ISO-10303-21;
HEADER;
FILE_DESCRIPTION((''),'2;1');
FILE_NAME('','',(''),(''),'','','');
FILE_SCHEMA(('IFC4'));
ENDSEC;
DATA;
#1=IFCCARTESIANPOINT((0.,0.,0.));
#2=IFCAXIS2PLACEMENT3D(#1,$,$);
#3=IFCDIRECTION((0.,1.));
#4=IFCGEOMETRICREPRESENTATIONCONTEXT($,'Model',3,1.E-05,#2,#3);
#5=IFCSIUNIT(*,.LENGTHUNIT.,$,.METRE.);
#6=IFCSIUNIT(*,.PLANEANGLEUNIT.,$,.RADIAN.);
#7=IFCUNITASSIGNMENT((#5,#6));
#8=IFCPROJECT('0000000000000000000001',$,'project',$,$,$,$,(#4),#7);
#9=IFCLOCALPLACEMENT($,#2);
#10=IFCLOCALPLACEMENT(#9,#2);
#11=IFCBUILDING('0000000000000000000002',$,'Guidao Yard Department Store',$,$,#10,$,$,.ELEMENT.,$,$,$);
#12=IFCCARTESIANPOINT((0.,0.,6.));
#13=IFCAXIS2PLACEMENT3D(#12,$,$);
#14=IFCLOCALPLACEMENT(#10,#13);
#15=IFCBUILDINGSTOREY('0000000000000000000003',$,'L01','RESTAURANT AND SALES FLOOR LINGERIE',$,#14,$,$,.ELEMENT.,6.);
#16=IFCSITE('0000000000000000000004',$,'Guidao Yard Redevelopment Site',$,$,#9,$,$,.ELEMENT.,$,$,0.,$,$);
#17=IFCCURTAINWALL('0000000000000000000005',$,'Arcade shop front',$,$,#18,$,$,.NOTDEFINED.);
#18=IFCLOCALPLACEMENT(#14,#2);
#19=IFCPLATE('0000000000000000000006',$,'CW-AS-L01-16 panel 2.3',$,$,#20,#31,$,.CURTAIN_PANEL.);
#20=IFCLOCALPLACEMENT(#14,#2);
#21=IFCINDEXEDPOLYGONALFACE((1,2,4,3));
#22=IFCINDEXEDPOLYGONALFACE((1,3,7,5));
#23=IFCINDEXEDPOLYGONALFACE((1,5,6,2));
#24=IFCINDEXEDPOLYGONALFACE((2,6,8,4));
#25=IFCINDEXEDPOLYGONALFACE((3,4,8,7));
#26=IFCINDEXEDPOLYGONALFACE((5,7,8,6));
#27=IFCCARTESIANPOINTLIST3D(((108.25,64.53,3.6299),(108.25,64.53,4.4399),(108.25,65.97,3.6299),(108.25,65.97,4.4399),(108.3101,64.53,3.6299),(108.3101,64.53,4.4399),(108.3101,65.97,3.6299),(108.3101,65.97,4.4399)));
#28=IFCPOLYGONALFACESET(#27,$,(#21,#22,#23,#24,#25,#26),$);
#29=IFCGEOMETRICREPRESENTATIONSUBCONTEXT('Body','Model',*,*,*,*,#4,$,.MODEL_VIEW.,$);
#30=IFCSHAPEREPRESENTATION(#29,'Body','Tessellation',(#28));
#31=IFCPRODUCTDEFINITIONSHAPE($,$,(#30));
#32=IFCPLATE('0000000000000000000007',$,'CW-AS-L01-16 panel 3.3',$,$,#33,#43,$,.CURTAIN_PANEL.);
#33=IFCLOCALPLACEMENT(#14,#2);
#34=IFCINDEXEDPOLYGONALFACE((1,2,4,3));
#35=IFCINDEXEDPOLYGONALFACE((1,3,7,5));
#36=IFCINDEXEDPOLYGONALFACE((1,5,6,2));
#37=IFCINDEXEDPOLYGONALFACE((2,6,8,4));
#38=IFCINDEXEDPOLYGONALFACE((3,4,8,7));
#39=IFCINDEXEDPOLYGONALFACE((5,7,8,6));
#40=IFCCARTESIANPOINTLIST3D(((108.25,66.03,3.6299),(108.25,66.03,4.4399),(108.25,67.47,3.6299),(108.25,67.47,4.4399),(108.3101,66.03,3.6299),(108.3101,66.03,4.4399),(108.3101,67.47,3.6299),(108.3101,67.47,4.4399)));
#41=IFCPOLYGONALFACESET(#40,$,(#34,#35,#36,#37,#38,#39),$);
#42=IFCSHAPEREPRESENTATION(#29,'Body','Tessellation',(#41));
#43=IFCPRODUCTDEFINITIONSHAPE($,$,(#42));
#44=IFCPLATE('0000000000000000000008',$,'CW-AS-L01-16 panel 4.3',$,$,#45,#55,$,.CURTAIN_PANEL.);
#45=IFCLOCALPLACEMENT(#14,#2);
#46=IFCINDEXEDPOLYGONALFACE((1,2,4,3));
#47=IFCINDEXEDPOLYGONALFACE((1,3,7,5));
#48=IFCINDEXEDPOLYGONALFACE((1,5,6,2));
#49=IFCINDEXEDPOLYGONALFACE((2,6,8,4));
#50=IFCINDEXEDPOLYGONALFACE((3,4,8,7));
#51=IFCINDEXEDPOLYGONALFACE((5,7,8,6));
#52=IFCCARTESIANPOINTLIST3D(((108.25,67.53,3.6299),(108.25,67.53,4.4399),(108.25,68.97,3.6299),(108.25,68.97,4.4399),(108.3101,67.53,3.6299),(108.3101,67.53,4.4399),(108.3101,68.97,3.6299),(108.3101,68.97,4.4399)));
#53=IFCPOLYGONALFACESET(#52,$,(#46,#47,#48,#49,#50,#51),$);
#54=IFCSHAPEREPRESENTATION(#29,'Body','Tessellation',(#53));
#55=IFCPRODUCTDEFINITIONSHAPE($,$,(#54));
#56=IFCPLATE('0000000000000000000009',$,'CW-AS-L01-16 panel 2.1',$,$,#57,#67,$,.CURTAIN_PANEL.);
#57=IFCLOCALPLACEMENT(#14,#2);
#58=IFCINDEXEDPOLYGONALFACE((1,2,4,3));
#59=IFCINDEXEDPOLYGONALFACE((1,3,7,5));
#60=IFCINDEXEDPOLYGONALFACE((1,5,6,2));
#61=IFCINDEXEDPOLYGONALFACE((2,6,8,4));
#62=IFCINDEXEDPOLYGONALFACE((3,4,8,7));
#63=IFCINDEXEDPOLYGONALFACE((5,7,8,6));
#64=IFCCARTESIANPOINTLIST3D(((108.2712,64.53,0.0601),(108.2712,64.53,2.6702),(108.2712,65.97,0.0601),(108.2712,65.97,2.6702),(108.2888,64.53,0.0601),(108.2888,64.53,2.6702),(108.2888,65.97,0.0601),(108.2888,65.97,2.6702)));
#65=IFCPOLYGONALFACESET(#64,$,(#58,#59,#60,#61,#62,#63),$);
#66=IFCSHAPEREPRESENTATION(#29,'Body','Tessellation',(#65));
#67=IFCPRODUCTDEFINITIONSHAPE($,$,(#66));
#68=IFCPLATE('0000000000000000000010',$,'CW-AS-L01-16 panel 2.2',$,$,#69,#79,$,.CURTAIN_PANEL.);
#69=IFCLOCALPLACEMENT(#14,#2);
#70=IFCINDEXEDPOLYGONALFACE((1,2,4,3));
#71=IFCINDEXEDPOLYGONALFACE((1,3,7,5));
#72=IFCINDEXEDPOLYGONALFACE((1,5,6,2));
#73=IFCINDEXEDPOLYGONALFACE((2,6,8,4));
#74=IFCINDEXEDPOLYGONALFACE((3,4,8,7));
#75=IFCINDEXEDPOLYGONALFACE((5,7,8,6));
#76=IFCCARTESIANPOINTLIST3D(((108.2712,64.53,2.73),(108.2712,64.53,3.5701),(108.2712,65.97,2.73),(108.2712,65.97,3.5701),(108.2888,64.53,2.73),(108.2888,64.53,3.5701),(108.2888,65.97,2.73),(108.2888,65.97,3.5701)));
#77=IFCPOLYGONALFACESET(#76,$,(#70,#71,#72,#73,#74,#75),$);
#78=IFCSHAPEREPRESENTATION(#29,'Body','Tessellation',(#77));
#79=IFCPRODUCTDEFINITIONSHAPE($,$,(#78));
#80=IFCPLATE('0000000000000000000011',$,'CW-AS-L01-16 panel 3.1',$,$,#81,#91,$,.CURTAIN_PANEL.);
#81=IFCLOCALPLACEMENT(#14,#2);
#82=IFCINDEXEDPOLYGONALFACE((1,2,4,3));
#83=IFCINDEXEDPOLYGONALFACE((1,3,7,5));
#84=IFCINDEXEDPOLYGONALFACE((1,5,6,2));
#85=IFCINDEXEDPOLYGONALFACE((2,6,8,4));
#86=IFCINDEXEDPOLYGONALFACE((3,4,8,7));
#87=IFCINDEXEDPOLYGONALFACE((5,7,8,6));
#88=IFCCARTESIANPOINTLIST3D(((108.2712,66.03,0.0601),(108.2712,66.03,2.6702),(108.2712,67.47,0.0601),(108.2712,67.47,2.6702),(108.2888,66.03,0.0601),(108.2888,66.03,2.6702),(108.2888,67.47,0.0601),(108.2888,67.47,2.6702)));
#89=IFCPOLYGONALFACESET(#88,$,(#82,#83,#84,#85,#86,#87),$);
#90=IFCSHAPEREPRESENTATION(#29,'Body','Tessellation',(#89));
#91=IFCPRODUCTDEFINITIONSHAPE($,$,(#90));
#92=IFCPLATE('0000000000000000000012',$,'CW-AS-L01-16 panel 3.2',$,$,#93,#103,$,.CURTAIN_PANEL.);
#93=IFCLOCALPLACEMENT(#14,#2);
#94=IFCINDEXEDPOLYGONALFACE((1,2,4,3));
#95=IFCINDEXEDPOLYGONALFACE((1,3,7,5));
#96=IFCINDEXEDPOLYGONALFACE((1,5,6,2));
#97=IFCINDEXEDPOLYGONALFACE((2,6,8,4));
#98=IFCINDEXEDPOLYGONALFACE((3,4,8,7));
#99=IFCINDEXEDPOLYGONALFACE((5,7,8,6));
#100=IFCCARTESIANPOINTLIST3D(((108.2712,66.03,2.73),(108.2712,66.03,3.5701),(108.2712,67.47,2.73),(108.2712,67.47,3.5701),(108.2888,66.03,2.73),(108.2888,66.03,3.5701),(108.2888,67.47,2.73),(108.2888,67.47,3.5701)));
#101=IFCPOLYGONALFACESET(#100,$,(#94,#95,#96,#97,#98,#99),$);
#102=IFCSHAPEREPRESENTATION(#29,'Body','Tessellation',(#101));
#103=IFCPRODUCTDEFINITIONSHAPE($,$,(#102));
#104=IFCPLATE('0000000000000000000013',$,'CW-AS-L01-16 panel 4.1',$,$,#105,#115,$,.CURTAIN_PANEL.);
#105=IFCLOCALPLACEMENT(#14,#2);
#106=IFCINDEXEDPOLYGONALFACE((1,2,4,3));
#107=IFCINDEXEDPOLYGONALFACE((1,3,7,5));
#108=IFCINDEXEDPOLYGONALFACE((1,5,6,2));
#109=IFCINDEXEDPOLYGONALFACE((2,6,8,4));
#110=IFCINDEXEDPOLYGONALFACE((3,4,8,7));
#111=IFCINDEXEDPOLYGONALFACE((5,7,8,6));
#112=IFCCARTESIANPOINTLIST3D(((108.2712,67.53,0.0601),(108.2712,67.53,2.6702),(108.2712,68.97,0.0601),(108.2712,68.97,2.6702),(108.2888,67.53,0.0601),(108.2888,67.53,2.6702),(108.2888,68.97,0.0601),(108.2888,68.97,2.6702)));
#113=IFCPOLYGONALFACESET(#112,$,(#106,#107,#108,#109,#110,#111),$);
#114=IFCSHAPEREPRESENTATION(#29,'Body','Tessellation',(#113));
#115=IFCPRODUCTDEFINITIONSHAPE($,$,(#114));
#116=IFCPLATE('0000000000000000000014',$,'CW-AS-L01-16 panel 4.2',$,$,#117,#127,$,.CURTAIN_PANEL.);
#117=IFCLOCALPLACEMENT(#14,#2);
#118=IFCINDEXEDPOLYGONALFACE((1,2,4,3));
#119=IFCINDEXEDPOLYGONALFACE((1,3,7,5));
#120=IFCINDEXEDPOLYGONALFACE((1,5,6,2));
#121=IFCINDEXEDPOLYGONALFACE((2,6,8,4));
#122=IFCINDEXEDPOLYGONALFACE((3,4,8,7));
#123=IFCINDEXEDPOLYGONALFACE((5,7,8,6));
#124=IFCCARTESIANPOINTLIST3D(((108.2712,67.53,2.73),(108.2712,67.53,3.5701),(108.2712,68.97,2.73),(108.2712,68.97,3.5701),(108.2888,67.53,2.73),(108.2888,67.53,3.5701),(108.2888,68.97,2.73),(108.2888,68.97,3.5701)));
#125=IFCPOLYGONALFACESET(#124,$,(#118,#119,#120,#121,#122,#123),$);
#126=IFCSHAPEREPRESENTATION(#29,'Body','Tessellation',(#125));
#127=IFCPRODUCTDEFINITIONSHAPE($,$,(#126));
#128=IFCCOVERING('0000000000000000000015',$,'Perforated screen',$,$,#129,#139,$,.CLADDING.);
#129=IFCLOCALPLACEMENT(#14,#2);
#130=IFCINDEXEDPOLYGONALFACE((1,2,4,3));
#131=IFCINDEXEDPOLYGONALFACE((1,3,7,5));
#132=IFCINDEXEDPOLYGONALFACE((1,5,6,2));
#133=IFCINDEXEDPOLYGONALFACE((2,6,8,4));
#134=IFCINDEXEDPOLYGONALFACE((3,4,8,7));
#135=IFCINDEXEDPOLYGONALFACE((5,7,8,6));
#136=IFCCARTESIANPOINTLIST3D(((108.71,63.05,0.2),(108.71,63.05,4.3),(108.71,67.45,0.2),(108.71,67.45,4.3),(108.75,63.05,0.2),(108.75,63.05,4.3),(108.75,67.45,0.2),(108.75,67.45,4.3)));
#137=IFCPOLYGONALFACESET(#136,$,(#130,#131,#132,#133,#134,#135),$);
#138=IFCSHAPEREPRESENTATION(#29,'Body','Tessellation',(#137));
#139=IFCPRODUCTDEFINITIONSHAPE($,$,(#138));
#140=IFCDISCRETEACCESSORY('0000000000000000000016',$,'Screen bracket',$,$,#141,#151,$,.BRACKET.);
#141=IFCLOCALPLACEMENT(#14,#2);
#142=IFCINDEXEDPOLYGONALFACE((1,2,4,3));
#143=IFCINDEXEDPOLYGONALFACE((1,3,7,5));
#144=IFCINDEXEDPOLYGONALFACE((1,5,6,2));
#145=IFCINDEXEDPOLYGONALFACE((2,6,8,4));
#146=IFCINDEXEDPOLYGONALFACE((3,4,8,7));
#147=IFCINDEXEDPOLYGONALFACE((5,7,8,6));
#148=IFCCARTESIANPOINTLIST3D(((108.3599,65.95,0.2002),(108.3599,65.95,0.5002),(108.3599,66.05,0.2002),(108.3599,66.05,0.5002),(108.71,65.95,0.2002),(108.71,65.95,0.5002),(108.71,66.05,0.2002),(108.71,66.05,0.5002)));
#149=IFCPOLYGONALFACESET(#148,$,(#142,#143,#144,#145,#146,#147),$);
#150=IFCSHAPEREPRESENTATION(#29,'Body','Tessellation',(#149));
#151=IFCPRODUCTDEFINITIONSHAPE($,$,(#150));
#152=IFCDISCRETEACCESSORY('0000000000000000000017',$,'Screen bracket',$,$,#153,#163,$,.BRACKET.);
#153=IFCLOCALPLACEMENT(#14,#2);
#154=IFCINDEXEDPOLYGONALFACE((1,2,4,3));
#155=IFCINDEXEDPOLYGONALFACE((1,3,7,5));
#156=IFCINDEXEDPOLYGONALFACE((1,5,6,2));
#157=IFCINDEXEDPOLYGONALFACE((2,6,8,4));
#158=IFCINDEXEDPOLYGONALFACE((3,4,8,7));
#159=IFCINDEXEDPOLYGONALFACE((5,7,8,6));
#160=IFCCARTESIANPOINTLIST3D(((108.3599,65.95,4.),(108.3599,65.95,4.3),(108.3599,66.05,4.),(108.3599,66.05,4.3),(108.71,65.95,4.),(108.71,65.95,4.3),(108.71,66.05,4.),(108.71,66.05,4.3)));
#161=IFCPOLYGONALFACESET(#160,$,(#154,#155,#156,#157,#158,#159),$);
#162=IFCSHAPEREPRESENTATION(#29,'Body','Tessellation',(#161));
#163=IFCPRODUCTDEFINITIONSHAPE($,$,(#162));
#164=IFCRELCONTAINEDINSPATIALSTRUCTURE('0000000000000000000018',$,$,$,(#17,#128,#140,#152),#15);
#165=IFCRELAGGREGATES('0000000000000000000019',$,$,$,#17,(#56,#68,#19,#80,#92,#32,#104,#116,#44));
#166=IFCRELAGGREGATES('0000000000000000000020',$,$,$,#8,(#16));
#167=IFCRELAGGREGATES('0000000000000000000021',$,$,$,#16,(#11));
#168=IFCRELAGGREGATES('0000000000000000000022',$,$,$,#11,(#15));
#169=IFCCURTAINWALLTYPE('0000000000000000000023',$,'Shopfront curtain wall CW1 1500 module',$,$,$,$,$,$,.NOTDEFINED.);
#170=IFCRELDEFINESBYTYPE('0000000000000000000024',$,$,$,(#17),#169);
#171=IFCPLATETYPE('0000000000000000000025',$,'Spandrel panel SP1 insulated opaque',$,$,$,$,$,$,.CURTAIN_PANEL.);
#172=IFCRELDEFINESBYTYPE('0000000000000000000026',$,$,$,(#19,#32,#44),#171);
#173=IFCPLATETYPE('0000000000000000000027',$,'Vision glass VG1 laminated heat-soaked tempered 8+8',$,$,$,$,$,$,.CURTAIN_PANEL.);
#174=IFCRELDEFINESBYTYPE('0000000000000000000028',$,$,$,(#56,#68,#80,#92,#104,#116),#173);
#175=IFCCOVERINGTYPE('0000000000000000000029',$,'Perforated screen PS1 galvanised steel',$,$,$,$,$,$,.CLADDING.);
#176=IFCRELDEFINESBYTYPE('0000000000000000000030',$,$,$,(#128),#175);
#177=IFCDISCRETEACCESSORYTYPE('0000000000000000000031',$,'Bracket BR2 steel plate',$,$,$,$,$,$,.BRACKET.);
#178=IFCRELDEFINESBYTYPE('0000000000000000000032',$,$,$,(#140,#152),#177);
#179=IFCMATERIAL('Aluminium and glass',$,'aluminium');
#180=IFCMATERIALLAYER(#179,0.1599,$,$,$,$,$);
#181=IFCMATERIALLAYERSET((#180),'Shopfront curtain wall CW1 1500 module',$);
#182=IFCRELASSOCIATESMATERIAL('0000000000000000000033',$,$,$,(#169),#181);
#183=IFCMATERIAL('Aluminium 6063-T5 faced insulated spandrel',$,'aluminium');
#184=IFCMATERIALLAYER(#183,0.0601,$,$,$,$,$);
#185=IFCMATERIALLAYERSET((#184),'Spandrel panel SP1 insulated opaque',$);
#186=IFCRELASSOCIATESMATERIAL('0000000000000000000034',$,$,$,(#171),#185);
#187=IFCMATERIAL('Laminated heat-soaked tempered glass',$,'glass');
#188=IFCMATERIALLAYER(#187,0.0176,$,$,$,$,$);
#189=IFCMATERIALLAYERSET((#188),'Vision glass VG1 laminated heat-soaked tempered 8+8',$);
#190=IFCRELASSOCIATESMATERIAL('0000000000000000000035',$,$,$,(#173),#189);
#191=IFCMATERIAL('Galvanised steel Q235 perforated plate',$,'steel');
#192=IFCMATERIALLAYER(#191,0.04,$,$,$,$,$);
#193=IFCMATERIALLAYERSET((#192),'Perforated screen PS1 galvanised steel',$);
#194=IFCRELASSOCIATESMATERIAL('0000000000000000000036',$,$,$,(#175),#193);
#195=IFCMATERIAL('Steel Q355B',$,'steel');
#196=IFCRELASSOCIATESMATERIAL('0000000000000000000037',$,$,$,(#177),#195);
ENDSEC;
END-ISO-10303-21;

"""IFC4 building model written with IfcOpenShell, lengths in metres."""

from ifc_helpers import new_model, si_unit, direction, frame, origin, origin_2d, place, context, subcontext, project, spatial, rectangle, extrude, material, layer, layer_set, type_object, element, aggregate, save


model = new_model("IFC4")

# Units and contexts
model_context = context("Model", 3, precision=1e-05, world=origin(), true_north=direction((0.0, 1.0)))
body_context = subcontext(model_context, "Body", "Model", "MODEL_VIEW")
ifc_project = project(units=[si_unit("LENGTHUNIT", "METRE"), si_unit("PLANEANGLEUNIT", "RADIAN")], contexts=[model_context])

# Site, building, storey
site_placement = place(None, origin())
site = spatial("IfcSite", under=ifc_project, at=site_placement, Name="Guidao Yard Redevelopment Site", CompositionType="ELEMENT", RefElevation=0.0)
building_placement = place(site_placement, origin())
building = spatial("IfcBuilding", under=site, at=building_placement, Name="Guidao Yard Department Store", CompositionType="ELEMENT")
storey_placement = place(building_placement, frame((0.0, 0.0, 6.0)))
storey = spatial("IfcBuildingStorey", under=building, at=storey_placement, Name="L01", Description="RESTAURANT AND SALES FLOOR LINGERIE", CompositionType="ELEMENT", Elevation=6.0)

# Curtain wall, plates
ifc_material_1 = material(Name="Aluminium and glass", Category="aluminium")
ifc_layer_1 = layer(ifc_material_1, 0.1599)
ifc_layer_set_1 = layer_set([ifc_layer_1], Name="Shopfront curtain wall CW1 1500 module")
curtain_wall_type = type_object("IfcCurtainWallType", Name="Shopfront curtain wall CW1 1500 module", PredefinedType="NOTDEFINED", material=ifc_layer_set_1)
curtain_wall_placement = place(storey_placement, origin())
curtain_wall = element("IfcCurtainWall", 1, at=curtain_wall_placement, inside=storey, type_object=curtain_wall_type, Name="Arcade shop front", PredefinedType="NOTDEFINED")
ifc_material_2 = material(Name="Aluminium 6063-T5 faced insulated spandrel", Category="aluminium")
ifc_layer_2 = layer(ifc_material_2, 0.0601)
ifc_layer_set_2 = layer_set([ifc_layer_2], Name="Spandrel panel SP1 insulated opaque")
plate_type_1 = type_object("IfcPlateType", Name="Spandrel panel SP1 insulated opaque", PredefinedType="CURTAIN_PANEL", material=ifc_layer_set_2)
plate_1_placement = place(storey_placement, frame((108.28, 65.25, 3.6299), z_axis=(0.0, 0.0, 1.0), x_axis=(0.0, -1.0, 0.0)))
plate_1 = element("IfcPlate", 2, at=plate_1_placement, type_object=plate_type_1, Name="CW-AS-L01-16 panel 2.3", PredefinedType="CURTAIN_PANEL", context=body_context, shape_type="SweptSolid", body=[
    extrude(rectangle(XDim=1.4399, YDim=0.0601, at=origin_2d()), origin(), (0.0, 0.0, 1.0), 0.8101),
])
plate_2_placement = place(storey_placement, frame((108.28, 66.75, 3.6299), z_axis=(0.0, 0.0, 1.0), x_axis=(0.0, -1.0, 0.0)))
plate_2 = element("IfcPlate", 3, at=plate_2_placement, type_object=plate_type_1, Name="CW-AS-L01-16 panel 3.3", PredefinedType="CURTAIN_PANEL", context=body_context, shape_type="SweptSolid", body=[
    extrude(rectangle(XDim=1.4399, YDim=0.0601, at=origin_2d()), origin(), (0.0, 0.0, 1.0), 0.8101),
])
plate_3_placement = place(storey_placement, frame((108.28, 68.25, 3.6299), z_axis=(0.0, 0.0, 1.0), x_axis=(0.0, -1.0, 0.0)))
plate_3 = element("IfcPlate", 4, at=plate_3_placement, type_object=plate_type_1, Name="CW-AS-L01-16 panel 4.3", PredefinedType="CURTAIN_PANEL", context=body_context, shape_type="SweptSolid", body=[
    extrude(rectangle(XDim=1.4399, YDim=0.0601, at=origin_2d()), origin(), (0.0, 0.0, 1.0), 0.8101),
])
ifc_material_3 = material(Name="Laminated heat-soaked tempered glass", Category="glass")
ifc_layer_3 = layer(ifc_material_3, 0.0176)
ifc_layer_set_3 = layer_set([ifc_layer_3], Name="Vision glass VG1 laminated heat-soaked tempered 8+8")
plate_type_2 = type_object("IfcPlateType", Name="Vision glass VG1 laminated heat-soaked tempered 8+8", PredefinedType="CURTAIN_PANEL", material=ifc_layer_set_3)
plate_4_placement = place(storey_placement, frame((108.28, 65.25, 0.0601), z_axis=(0.0, 0.0, 1.0), x_axis=(0.0, -1.0, 0.0)))
plate_4 = element("IfcPlate", 5, at=plate_4_placement, type_object=plate_type_2, Name="CW-AS-L01-16 panel 2.1", PredefinedType="CURTAIN_PANEL", context=body_context, shape_type="SweptSolid", body=[
    extrude(rectangle(XDim=1.4399, YDim=0.0176, at=origin_2d()), origin(), (0.0, 0.0, 1.0), 2.6101),
])
plate_5_placement = place(storey_placement, frame((108.28, 65.25, 2.73), z_axis=(0.0, 0.0, 1.0), x_axis=(0.0, -1.0, 0.0)))
plate_5 = element("IfcPlate", 6, at=plate_5_placement, type_object=plate_type_2, Name="CW-AS-L01-16 panel 2.2", PredefinedType="CURTAIN_PANEL", context=body_context, shape_type="SweptSolid", body=[
    extrude(rectangle(XDim=1.4399, YDim=0.0176, at=origin_2d()), origin(), (0.0, 0.0, 1.0), 0.8401),
])
plate_6_placement = place(storey_placement, frame((108.28, 66.75, 0.0601), z_axis=(0.0, 0.0, 1.0), x_axis=(0.0, -1.0, 0.0)))
plate_6 = element("IfcPlate", 7, at=plate_6_placement, type_object=plate_type_2, Name="CW-AS-L01-16 panel 3.1", PredefinedType="CURTAIN_PANEL", context=body_context, shape_type="SweptSolid", body=[
    extrude(rectangle(XDim=1.4399, YDim=0.0176, at=origin_2d()), origin(), (0.0, 0.0, 1.0), 2.6101),
])
plate_7_placement = place(storey_placement, frame((108.28, 66.75, 2.73), z_axis=(0.0, 0.0, 1.0), x_axis=(0.0, -1.0, 0.0)))
plate_7 = element("IfcPlate", 8, at=plate_7_placement, type_object=plate_type_2, Name="CW-AS-L01-16 panel 3.2", PredefinedType="CURTAIN_PANEL", context=body_context, shape_type="SweptSolid", body=[
    extrude(rectangle(XDim=1.4399, YDim=0.0176, at=origin_2d()), origin(), (0.0, 0.0, 1.0), 0.8401),
])
plate_8_placement = place(storey_placement, frame((108.28, 68.25, 0.0601), z_axis=(0.0, 0.0, 1.0), x_axis=(0.0, -1.0, 0.0)))
plate_8 = element("IfcPlate", 9, at=plate_8_placement, type_object=plate_type_2, Name="CW-AS-L01-16 panel 4.1", PredefinedType="CURTAIN_PANEL", context=body_context, shape_type="SweptSolid", body=[
    extrude(rectangle(XDim=1.4399, YDim=0.0176, at=origin_2d()), origin(), (0.0, 0.0, 1.0), 2.6101),
])
plate_9_placement = place(storey_placement, frame((108.28, 68.25, 2.73), z_axis=(0.0, 0.0, 1.0), x_axis=(0.0, -1.0, 0.0)))
plate_9 = element("IfcPlate", 10, at=plate_9_placement, type_object=plate_type_2, Name="CW-AS-L01-16 panel 4.2", PredefinedType="CURTAIN_PANEL", context=body_context, shape_type="SweptSolid", body=[
    extrude(rectangle(XDim=1.4399, YDim=0.0176, at=origin_2d()), origin(), (0.0, 0.0, 1.0), 0.8401),
])
aggregate(curtain_wall, [plate_4, plate_5, plate_1, plate_6, plate_7, plate_2, plate_8, plate_9, plate_3])

# Covering
ifc_material_4 = material(Name="Galvanised steel Q235 perforated plate", Category="steel")
ifc_layer_4 = layer(ifc_material_4, 0.04)
ifc_layer_set_4 = layer_set([ifc_layer_4], Name="Perforated screen PS1 galvanised steel")
covering_type = type_object("IfcCoveringType", Name="Perforated screen PS1 galvanised steel", PredefinedType="CLADDING", material=ifc_layer_set_4)
covering_placement = place(storey_placement, frame((108.73, 65.25, 0.2), z_axis=(0.0, 0.0, 1.0), x_axis=(0.0, -1.0, 0.0)))
element("IfcCovering", 11, at=covering_placement, inside=storey, type_object=covering_type, Name="Perforated screen", PredefinedType="CLADDING", context=body_context, shape_type="SweptSolid", body=[
    extrude(rectangle(XDim=4.3999, YDim=0.04, at=origin_2d()), origin(), (0.0, 0.0, 1.0), 4.1001),
])

# Discrete accessories
ifc_material_5 = material(Name="Steel Q355B", Category="steel")
discrete_accessory_type = type_object("IfcDiscreteAccessoryType", Name="Bracket BR2 steel plate", PredefinedType="BRACKET", material=ifc_material_5)
for number, where, z_axis, x_axis, name in (
    (12, (108.5349, 66.0, 0.2002), (0.0, 0.0, 1.0), (0.0, -1.0, 0.0), "Screen bracket"),
    (13, (108.5349, 66.0, 4.0), (0.0, 0.0, 1.0), (0.0, -1.0, 0.0), "Screen bracket"),
):
    element("IfcDiscreteAccessory", number, at=place(storey_placement, frame(where, z_axis=z_axis, x_axis=x_axis)), inside=storey, type_object=discrete_accessory_type, Name=name, PredefinedType="BRACKET", context=body_context, shape_type="SweptSolid", body=[
        extrude(rectangle(XDim=0.1001, YDim=0.3501, at=origin_2d()), origin(), (0.0, 0.0, 1.0), 0.3),
    ])

save(model, "model.ifc")
